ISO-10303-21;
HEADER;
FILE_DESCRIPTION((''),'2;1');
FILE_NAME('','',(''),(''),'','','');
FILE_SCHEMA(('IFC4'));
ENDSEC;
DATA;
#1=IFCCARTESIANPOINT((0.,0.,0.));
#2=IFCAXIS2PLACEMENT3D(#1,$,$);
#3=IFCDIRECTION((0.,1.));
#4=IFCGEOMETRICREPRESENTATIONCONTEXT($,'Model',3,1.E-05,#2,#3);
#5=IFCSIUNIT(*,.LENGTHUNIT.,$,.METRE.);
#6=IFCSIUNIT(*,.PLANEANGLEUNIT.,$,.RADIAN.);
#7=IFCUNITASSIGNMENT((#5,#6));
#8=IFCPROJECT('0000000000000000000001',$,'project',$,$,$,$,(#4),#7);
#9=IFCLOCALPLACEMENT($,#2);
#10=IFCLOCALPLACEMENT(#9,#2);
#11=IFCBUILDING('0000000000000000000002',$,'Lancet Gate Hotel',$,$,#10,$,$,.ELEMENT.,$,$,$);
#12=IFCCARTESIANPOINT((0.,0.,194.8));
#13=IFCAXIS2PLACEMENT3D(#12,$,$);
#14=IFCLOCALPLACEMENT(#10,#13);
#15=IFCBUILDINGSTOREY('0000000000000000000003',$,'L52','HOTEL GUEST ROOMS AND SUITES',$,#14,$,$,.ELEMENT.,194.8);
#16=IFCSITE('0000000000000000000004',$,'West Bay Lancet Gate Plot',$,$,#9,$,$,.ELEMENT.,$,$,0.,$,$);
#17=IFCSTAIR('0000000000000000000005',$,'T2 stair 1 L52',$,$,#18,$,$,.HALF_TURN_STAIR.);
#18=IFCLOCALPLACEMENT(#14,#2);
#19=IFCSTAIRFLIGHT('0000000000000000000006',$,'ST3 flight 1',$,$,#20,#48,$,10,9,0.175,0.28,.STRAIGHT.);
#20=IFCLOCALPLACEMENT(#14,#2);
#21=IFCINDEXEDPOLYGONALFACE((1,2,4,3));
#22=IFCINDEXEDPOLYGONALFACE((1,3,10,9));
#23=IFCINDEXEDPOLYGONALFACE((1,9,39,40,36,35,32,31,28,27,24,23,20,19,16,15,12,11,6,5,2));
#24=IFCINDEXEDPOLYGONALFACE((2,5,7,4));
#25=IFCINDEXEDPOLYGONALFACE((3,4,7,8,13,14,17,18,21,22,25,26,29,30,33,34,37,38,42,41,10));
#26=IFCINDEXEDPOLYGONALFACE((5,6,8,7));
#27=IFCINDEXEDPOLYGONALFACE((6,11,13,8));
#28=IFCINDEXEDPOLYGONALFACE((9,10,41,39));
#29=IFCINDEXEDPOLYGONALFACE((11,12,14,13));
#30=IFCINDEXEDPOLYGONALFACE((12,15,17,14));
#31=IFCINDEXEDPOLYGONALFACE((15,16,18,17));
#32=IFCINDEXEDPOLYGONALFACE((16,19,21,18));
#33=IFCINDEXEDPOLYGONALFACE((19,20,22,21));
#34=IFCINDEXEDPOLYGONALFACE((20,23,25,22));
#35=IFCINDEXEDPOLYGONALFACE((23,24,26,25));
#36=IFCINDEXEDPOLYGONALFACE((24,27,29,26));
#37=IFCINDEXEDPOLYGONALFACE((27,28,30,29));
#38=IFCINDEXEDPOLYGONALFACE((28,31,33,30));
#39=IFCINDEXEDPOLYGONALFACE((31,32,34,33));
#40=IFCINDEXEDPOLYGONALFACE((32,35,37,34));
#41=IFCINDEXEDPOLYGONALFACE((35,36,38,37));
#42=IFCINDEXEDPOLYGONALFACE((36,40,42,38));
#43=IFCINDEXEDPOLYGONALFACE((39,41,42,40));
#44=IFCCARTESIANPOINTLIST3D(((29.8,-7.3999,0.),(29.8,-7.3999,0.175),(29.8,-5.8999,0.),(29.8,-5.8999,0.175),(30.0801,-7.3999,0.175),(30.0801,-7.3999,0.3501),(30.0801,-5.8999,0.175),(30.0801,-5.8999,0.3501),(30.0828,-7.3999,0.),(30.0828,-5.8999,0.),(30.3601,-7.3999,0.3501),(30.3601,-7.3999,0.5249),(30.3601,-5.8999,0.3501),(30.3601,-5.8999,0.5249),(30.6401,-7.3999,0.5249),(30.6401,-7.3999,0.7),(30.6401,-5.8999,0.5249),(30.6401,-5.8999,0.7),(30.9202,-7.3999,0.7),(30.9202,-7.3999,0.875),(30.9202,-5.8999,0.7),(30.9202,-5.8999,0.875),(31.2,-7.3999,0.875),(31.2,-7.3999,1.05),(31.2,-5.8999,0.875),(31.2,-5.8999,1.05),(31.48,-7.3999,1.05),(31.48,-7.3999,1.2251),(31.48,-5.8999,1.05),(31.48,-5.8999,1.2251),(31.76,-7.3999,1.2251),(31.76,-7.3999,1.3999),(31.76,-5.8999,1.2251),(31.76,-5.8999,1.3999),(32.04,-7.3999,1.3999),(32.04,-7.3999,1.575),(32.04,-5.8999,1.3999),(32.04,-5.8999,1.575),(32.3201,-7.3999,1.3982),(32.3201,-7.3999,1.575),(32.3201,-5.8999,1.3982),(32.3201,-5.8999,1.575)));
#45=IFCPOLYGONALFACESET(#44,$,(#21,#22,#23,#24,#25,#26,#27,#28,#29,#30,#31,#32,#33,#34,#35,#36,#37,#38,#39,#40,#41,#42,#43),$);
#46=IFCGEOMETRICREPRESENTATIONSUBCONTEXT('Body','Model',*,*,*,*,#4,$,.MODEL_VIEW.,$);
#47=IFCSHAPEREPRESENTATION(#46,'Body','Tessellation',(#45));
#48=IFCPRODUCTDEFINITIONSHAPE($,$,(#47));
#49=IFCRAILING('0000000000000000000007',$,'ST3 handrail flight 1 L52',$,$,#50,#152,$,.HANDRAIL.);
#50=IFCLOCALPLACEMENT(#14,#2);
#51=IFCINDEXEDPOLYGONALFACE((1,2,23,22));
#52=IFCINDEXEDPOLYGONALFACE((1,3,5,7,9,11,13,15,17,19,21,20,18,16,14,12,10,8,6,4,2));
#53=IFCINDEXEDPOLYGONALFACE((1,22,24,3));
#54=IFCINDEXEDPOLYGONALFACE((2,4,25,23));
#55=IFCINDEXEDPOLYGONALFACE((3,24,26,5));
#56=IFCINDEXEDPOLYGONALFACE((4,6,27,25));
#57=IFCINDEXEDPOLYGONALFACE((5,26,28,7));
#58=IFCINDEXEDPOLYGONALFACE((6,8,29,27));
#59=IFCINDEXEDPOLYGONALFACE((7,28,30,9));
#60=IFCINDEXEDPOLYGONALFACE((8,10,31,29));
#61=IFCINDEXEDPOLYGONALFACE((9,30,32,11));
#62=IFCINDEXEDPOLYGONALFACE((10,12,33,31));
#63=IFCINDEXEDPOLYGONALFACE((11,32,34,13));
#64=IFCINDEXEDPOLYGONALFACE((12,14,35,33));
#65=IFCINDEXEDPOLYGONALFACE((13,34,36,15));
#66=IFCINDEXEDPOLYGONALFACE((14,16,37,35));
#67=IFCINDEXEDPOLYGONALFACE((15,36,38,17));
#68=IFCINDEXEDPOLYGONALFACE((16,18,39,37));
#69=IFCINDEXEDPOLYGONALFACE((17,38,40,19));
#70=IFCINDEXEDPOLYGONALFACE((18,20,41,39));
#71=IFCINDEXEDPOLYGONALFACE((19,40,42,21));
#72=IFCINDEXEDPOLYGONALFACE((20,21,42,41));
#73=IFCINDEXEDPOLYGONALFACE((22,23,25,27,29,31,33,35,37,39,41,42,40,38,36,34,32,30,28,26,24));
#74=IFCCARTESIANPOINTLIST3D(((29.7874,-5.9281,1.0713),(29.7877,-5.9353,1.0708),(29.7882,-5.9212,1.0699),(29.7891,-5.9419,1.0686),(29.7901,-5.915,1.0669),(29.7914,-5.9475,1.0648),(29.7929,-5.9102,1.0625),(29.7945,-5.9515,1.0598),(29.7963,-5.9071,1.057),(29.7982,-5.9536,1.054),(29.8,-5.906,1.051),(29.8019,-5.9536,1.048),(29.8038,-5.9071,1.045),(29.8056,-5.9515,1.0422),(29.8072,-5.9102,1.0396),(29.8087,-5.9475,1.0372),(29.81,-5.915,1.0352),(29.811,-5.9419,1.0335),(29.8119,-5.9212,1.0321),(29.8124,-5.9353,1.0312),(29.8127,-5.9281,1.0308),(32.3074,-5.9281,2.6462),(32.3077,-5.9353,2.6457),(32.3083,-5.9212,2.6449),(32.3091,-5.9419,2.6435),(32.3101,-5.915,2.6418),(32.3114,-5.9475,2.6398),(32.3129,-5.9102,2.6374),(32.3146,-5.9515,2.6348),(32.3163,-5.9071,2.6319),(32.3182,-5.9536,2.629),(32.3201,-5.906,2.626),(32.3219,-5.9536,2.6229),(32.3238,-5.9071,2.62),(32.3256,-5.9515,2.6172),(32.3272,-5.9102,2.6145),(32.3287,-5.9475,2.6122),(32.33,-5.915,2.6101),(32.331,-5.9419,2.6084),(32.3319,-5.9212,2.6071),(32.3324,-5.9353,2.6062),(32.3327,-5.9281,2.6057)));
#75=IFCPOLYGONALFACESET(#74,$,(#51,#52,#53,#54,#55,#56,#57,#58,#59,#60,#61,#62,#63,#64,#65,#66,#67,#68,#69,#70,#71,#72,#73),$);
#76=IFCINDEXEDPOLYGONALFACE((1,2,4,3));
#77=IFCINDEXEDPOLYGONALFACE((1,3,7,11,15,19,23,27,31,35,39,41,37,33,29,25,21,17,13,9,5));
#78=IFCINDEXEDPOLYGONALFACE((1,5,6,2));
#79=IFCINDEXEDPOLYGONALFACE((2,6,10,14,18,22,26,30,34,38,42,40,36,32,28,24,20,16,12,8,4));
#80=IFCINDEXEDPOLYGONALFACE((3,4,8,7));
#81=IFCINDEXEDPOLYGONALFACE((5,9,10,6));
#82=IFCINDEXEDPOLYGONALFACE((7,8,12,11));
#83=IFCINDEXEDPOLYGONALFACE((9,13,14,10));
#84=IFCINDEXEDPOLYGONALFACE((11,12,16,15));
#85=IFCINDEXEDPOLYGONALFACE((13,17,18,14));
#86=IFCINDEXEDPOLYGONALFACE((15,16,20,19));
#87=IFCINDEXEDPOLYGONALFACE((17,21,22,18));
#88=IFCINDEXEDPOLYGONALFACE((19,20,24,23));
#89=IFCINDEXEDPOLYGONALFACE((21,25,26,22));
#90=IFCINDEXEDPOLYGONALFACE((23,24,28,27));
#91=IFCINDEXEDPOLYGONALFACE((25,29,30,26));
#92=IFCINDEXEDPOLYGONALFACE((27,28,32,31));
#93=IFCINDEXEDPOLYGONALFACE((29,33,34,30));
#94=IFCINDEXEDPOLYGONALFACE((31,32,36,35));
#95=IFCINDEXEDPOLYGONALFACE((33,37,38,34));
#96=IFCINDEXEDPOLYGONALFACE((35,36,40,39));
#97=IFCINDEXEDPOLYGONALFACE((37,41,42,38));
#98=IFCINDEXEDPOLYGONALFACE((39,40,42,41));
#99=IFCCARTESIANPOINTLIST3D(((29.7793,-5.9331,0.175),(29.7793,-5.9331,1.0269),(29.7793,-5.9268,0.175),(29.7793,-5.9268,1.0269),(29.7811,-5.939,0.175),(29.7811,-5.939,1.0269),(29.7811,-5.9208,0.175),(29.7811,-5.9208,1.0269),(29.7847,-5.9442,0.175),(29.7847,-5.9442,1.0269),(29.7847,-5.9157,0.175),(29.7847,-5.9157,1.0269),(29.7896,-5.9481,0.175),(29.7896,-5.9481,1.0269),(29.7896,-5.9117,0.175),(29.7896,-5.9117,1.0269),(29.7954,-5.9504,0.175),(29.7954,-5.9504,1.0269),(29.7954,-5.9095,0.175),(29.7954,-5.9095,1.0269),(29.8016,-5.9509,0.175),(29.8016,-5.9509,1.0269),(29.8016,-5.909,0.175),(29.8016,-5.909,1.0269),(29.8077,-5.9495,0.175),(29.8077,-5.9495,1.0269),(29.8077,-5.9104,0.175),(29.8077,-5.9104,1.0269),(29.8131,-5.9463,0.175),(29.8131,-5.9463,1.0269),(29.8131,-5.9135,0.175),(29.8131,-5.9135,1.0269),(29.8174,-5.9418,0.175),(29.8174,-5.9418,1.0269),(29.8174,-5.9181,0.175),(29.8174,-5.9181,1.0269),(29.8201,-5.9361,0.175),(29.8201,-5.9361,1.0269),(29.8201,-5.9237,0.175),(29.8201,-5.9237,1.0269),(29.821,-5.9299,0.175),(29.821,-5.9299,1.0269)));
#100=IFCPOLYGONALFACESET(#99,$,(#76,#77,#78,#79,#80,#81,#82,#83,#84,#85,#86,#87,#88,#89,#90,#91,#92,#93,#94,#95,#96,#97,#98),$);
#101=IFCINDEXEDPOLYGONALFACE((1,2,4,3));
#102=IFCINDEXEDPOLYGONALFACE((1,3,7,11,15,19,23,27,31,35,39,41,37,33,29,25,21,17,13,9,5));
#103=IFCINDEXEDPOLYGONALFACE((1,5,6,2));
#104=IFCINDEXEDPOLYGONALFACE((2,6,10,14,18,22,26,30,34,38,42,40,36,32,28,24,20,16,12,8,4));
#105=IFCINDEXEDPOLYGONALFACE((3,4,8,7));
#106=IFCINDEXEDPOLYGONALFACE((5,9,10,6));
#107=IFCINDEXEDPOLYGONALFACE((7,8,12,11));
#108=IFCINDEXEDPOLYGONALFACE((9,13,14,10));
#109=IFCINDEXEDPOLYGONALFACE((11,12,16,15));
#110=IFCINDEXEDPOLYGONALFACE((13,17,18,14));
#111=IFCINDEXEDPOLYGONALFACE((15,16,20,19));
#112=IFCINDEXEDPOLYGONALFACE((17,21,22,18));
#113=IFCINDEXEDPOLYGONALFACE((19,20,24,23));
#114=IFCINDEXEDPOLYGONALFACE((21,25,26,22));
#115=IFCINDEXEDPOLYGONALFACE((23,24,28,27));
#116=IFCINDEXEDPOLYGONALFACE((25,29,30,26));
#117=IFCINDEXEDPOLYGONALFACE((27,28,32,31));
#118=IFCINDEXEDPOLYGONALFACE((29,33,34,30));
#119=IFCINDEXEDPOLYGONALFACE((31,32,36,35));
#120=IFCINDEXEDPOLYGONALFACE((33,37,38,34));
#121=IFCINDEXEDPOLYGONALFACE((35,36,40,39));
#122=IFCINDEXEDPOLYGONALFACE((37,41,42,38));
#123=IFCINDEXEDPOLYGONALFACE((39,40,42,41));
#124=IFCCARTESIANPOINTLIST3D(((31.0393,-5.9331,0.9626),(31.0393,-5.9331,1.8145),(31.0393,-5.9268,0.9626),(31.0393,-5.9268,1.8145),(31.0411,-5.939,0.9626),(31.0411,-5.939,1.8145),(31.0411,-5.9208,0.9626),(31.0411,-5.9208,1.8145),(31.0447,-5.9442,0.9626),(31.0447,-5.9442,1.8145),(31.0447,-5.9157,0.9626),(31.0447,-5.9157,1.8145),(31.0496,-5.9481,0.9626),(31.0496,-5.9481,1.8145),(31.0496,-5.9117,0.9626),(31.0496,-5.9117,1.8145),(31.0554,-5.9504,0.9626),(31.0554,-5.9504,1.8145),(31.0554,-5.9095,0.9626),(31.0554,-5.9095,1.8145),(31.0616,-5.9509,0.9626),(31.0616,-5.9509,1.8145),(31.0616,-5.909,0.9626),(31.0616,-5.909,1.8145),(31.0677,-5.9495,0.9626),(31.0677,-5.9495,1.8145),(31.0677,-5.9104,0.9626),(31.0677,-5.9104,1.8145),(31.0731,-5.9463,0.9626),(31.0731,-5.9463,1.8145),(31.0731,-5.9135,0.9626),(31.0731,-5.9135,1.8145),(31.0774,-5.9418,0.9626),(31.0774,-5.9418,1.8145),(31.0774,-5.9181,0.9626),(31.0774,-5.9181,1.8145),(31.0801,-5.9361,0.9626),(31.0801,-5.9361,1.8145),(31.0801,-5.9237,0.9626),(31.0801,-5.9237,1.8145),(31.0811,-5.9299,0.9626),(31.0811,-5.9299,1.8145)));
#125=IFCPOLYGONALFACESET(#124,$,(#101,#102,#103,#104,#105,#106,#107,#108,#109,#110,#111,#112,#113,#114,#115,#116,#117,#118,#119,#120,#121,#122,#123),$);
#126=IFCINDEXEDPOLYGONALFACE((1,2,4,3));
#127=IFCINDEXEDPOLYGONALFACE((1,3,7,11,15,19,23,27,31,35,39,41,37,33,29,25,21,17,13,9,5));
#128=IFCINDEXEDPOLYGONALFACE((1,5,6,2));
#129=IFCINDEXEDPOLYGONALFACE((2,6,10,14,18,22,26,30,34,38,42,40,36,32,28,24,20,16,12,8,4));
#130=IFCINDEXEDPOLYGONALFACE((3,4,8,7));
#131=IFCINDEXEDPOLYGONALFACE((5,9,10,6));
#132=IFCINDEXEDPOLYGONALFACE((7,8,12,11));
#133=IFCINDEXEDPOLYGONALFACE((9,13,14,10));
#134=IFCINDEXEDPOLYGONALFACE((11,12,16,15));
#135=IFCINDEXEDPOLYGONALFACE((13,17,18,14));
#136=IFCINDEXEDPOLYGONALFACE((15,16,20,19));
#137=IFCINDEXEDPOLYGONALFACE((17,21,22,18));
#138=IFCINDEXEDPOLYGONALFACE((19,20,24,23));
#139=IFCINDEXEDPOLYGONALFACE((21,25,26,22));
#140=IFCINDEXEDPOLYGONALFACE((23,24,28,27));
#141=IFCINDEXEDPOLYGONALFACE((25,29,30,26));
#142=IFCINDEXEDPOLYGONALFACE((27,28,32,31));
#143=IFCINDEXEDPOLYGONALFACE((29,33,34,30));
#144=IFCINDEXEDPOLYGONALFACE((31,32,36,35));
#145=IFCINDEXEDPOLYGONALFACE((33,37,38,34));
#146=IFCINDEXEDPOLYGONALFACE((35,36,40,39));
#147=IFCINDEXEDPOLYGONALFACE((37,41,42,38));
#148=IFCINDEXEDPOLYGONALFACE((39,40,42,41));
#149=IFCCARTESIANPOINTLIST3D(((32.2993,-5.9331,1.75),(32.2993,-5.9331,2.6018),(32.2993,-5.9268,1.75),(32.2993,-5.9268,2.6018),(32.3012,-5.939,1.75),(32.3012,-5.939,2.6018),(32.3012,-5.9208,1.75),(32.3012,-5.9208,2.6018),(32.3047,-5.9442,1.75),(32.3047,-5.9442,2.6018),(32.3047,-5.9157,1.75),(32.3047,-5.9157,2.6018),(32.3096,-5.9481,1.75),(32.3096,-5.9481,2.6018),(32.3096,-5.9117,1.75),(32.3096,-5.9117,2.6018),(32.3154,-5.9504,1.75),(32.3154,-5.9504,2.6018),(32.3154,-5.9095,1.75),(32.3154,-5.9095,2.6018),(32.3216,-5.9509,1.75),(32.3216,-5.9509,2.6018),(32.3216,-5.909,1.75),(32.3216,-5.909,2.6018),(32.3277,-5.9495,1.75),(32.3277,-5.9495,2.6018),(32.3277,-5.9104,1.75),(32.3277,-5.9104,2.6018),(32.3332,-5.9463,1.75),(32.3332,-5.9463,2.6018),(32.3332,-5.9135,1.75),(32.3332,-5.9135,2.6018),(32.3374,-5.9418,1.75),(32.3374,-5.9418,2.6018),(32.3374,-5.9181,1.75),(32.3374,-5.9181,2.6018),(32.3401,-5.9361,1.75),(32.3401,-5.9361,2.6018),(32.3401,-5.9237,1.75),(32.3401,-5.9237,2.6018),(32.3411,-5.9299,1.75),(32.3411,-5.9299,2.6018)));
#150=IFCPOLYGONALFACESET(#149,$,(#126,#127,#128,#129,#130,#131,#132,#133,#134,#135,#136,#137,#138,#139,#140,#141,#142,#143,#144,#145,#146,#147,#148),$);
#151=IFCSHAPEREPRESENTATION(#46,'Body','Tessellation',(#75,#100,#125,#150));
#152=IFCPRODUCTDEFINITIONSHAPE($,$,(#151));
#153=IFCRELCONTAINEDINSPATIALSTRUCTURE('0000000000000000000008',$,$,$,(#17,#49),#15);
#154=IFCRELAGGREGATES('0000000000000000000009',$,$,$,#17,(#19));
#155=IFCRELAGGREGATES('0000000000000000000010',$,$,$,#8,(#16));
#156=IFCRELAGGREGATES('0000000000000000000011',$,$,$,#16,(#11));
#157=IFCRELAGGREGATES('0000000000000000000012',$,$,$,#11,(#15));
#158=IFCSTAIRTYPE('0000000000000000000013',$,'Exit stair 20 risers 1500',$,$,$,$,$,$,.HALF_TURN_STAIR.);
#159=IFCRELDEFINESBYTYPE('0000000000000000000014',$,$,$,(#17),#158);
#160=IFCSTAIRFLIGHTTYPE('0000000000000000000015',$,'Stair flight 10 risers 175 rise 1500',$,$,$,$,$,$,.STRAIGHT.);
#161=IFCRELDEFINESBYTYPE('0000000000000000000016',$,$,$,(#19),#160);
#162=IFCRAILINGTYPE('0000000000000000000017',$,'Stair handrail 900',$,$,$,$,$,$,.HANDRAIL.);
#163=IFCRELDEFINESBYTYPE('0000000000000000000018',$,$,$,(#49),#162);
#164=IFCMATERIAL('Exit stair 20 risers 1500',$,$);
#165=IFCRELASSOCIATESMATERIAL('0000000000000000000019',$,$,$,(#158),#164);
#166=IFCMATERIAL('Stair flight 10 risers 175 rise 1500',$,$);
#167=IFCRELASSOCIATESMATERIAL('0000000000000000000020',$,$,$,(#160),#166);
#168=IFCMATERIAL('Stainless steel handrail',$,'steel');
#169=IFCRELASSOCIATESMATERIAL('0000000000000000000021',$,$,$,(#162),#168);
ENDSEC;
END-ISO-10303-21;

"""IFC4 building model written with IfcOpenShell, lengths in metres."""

from ifc_helpers import new_model, si_unit, direction, frame, origin, origin_2d, place, context, subcontext, project, spatial, polyline, circle, outline, extrude, material, type_object, element, aggregate, save


model = new_model("IFC4")

# Units and contexts
model_context = context("Model", 3, precision=1e-05, world=origin(), true_north=direction((0.0, 1.0)))
body_context = subcontext(model_context, "Body", "Model", "MODEL_VIEW")
ifc_project = project(units=[si_unit("LENGTHUNIT", "METRE"), si_unit("PLANEANGLEUNIT", "RADIAN")], contexts=[model_context])

# Site, building, storey
site_placement = place(None, origin())
site = spatial("IfcSite", under=ifc_project, at=site_placement, Name="West Bay Lancet Gate Plot", CompositionType="ELEMENT", RefElevation=0.0)
building_placement = place(site_placement, origin())
building = spatial("IfcBuilding", under=site, at=building_placement, Name="Lancet Gate Hotel", CompositionType="ELEMENT")
storey_placement = place(building_placement, frame((0.0, 0.0, 194.8)))
storey = spatial("IfcBuildingStorey", under=building, at=storey_placement, Name="L52", Description="HOTEL GUEST ROOMS AND SUITES", CompositionType="ELEMENT", Elevation=194.8)

# Stair, stair flight
ifc_material_1 = material(Name="Exit stair 20 risers 1500")
stair_type = type_object("IfcStairType", Name="Exit stair 20 risers 1500", PredefinedType="HALF_TURN_STAIR", material=ifc_material_1)
stair_placement = place(storey_placement, origin())
stair = element("IfcStair", 1, at=stair_placement, inside=storey, type_object=stair_type, Name="T2 stair 1 L52", PredefinedType="HALF_TURN_STAIR")
ifc_material_2 = material(Name="Stair flight 10 risers 175 rise 1500")
stair_flight_type = type_object("IfcStairFlightType", Name="Stair flight 10 risers 175 rise 1500", PredefinedType="STRAIGHT", material=ifc_material_2)
stair_flight_placement = place(storey_placement, frame((29.8, -6.6499, 0.0), z_axis=(0.0, 0.0, 1.0), x_axis=(1.0, 0.0, 0.0)))
stair_flight = element("IfcStairFlight", 2, at=stair_flight_placement, type_object=stair_flight_type, Name="ST3 flight 1", NumberOfRisers=10, NumberOfTreads=9, PredefinedType="STRAIGHT", RiserHeight=0.175, TreadLength=0.28, context=body_context, shape_type="SweptSolid", body=[
    extrude(outline(polyline([(0.0, 0.0), (0.0, 0.175), (0.28, 0.175), (0.28, 0.3501), (0.5601, 0.3501), (0.5601, 0.5249), (0.8401, 0.5249), (0.8401, 0.7), (1.1201, 0.7), (1.1201, 0.875), (1.3999, 0.875), (1.3999, 1.05), (1.6799, 1.05), (1.6799, 1.2251), (1.96, 1.2251), (1.96, 1.3999), (2.24, 1.3999), (2.24, 1.575), (2.52, 1.575), (2.52, 1.75), (2.52, 1.3982), (0.2827, 0.0), (0.0, 0.0)])), frame((0.0, 0.75, 0.0), z_axis=(0.0, -1.0, 0.0), x_axis=(1.0, 0.0, 0.0)), (0.0, 0.0, 1.0), 1.5),
])
aggregate(stair, [stair_flight])

# Railing
ifc_material_3 = material(Name="Stainless steel handrail", Category="steel")
railing_type = type_object("IfcRailingType", Name="Stair handrail 900", PredefinedType="HANDRAIL", material=ifc_material_3)
railing_placement = place(storey_placement, frame((29.8, -5.9299, 0.175)))
element("IfcRailing", 3, at=railing_placement, inside=storey, type_object=railing_type, Name="ST3 handrail flight 1 L52", PredefinedType="HANDRAIL", context=body_context, shape_type="SweptSolid", body=[
    extrude(circle(Radius=0.0239, at=origin_2d()), frame((0.0, 0.0, 0.876), z_axis=(0.848008, 0.0, 0.529984), x_axis=(0.0, 1.0, 0.0)), (0.0, 0.0, 1.0), 2.9717),
    extrude(circle(Radius=0.021, at=origin_2d()), origin(), (0.0, 0.0, 1.0), 0.8518),
    extrude(circle(Radius=0.021, at=origin_2d()), frame((1.26, 0.0, 0.7876)), (0.0, 0.0, 1.0), 0.8518),
    extrude(circle(Radius=0.021, at=origin_2d()), frame((2.52, 0.0, 1.575)), (0.0, 0.0, 1.0), 0.8518),
])

save(model, "model.ifc")
